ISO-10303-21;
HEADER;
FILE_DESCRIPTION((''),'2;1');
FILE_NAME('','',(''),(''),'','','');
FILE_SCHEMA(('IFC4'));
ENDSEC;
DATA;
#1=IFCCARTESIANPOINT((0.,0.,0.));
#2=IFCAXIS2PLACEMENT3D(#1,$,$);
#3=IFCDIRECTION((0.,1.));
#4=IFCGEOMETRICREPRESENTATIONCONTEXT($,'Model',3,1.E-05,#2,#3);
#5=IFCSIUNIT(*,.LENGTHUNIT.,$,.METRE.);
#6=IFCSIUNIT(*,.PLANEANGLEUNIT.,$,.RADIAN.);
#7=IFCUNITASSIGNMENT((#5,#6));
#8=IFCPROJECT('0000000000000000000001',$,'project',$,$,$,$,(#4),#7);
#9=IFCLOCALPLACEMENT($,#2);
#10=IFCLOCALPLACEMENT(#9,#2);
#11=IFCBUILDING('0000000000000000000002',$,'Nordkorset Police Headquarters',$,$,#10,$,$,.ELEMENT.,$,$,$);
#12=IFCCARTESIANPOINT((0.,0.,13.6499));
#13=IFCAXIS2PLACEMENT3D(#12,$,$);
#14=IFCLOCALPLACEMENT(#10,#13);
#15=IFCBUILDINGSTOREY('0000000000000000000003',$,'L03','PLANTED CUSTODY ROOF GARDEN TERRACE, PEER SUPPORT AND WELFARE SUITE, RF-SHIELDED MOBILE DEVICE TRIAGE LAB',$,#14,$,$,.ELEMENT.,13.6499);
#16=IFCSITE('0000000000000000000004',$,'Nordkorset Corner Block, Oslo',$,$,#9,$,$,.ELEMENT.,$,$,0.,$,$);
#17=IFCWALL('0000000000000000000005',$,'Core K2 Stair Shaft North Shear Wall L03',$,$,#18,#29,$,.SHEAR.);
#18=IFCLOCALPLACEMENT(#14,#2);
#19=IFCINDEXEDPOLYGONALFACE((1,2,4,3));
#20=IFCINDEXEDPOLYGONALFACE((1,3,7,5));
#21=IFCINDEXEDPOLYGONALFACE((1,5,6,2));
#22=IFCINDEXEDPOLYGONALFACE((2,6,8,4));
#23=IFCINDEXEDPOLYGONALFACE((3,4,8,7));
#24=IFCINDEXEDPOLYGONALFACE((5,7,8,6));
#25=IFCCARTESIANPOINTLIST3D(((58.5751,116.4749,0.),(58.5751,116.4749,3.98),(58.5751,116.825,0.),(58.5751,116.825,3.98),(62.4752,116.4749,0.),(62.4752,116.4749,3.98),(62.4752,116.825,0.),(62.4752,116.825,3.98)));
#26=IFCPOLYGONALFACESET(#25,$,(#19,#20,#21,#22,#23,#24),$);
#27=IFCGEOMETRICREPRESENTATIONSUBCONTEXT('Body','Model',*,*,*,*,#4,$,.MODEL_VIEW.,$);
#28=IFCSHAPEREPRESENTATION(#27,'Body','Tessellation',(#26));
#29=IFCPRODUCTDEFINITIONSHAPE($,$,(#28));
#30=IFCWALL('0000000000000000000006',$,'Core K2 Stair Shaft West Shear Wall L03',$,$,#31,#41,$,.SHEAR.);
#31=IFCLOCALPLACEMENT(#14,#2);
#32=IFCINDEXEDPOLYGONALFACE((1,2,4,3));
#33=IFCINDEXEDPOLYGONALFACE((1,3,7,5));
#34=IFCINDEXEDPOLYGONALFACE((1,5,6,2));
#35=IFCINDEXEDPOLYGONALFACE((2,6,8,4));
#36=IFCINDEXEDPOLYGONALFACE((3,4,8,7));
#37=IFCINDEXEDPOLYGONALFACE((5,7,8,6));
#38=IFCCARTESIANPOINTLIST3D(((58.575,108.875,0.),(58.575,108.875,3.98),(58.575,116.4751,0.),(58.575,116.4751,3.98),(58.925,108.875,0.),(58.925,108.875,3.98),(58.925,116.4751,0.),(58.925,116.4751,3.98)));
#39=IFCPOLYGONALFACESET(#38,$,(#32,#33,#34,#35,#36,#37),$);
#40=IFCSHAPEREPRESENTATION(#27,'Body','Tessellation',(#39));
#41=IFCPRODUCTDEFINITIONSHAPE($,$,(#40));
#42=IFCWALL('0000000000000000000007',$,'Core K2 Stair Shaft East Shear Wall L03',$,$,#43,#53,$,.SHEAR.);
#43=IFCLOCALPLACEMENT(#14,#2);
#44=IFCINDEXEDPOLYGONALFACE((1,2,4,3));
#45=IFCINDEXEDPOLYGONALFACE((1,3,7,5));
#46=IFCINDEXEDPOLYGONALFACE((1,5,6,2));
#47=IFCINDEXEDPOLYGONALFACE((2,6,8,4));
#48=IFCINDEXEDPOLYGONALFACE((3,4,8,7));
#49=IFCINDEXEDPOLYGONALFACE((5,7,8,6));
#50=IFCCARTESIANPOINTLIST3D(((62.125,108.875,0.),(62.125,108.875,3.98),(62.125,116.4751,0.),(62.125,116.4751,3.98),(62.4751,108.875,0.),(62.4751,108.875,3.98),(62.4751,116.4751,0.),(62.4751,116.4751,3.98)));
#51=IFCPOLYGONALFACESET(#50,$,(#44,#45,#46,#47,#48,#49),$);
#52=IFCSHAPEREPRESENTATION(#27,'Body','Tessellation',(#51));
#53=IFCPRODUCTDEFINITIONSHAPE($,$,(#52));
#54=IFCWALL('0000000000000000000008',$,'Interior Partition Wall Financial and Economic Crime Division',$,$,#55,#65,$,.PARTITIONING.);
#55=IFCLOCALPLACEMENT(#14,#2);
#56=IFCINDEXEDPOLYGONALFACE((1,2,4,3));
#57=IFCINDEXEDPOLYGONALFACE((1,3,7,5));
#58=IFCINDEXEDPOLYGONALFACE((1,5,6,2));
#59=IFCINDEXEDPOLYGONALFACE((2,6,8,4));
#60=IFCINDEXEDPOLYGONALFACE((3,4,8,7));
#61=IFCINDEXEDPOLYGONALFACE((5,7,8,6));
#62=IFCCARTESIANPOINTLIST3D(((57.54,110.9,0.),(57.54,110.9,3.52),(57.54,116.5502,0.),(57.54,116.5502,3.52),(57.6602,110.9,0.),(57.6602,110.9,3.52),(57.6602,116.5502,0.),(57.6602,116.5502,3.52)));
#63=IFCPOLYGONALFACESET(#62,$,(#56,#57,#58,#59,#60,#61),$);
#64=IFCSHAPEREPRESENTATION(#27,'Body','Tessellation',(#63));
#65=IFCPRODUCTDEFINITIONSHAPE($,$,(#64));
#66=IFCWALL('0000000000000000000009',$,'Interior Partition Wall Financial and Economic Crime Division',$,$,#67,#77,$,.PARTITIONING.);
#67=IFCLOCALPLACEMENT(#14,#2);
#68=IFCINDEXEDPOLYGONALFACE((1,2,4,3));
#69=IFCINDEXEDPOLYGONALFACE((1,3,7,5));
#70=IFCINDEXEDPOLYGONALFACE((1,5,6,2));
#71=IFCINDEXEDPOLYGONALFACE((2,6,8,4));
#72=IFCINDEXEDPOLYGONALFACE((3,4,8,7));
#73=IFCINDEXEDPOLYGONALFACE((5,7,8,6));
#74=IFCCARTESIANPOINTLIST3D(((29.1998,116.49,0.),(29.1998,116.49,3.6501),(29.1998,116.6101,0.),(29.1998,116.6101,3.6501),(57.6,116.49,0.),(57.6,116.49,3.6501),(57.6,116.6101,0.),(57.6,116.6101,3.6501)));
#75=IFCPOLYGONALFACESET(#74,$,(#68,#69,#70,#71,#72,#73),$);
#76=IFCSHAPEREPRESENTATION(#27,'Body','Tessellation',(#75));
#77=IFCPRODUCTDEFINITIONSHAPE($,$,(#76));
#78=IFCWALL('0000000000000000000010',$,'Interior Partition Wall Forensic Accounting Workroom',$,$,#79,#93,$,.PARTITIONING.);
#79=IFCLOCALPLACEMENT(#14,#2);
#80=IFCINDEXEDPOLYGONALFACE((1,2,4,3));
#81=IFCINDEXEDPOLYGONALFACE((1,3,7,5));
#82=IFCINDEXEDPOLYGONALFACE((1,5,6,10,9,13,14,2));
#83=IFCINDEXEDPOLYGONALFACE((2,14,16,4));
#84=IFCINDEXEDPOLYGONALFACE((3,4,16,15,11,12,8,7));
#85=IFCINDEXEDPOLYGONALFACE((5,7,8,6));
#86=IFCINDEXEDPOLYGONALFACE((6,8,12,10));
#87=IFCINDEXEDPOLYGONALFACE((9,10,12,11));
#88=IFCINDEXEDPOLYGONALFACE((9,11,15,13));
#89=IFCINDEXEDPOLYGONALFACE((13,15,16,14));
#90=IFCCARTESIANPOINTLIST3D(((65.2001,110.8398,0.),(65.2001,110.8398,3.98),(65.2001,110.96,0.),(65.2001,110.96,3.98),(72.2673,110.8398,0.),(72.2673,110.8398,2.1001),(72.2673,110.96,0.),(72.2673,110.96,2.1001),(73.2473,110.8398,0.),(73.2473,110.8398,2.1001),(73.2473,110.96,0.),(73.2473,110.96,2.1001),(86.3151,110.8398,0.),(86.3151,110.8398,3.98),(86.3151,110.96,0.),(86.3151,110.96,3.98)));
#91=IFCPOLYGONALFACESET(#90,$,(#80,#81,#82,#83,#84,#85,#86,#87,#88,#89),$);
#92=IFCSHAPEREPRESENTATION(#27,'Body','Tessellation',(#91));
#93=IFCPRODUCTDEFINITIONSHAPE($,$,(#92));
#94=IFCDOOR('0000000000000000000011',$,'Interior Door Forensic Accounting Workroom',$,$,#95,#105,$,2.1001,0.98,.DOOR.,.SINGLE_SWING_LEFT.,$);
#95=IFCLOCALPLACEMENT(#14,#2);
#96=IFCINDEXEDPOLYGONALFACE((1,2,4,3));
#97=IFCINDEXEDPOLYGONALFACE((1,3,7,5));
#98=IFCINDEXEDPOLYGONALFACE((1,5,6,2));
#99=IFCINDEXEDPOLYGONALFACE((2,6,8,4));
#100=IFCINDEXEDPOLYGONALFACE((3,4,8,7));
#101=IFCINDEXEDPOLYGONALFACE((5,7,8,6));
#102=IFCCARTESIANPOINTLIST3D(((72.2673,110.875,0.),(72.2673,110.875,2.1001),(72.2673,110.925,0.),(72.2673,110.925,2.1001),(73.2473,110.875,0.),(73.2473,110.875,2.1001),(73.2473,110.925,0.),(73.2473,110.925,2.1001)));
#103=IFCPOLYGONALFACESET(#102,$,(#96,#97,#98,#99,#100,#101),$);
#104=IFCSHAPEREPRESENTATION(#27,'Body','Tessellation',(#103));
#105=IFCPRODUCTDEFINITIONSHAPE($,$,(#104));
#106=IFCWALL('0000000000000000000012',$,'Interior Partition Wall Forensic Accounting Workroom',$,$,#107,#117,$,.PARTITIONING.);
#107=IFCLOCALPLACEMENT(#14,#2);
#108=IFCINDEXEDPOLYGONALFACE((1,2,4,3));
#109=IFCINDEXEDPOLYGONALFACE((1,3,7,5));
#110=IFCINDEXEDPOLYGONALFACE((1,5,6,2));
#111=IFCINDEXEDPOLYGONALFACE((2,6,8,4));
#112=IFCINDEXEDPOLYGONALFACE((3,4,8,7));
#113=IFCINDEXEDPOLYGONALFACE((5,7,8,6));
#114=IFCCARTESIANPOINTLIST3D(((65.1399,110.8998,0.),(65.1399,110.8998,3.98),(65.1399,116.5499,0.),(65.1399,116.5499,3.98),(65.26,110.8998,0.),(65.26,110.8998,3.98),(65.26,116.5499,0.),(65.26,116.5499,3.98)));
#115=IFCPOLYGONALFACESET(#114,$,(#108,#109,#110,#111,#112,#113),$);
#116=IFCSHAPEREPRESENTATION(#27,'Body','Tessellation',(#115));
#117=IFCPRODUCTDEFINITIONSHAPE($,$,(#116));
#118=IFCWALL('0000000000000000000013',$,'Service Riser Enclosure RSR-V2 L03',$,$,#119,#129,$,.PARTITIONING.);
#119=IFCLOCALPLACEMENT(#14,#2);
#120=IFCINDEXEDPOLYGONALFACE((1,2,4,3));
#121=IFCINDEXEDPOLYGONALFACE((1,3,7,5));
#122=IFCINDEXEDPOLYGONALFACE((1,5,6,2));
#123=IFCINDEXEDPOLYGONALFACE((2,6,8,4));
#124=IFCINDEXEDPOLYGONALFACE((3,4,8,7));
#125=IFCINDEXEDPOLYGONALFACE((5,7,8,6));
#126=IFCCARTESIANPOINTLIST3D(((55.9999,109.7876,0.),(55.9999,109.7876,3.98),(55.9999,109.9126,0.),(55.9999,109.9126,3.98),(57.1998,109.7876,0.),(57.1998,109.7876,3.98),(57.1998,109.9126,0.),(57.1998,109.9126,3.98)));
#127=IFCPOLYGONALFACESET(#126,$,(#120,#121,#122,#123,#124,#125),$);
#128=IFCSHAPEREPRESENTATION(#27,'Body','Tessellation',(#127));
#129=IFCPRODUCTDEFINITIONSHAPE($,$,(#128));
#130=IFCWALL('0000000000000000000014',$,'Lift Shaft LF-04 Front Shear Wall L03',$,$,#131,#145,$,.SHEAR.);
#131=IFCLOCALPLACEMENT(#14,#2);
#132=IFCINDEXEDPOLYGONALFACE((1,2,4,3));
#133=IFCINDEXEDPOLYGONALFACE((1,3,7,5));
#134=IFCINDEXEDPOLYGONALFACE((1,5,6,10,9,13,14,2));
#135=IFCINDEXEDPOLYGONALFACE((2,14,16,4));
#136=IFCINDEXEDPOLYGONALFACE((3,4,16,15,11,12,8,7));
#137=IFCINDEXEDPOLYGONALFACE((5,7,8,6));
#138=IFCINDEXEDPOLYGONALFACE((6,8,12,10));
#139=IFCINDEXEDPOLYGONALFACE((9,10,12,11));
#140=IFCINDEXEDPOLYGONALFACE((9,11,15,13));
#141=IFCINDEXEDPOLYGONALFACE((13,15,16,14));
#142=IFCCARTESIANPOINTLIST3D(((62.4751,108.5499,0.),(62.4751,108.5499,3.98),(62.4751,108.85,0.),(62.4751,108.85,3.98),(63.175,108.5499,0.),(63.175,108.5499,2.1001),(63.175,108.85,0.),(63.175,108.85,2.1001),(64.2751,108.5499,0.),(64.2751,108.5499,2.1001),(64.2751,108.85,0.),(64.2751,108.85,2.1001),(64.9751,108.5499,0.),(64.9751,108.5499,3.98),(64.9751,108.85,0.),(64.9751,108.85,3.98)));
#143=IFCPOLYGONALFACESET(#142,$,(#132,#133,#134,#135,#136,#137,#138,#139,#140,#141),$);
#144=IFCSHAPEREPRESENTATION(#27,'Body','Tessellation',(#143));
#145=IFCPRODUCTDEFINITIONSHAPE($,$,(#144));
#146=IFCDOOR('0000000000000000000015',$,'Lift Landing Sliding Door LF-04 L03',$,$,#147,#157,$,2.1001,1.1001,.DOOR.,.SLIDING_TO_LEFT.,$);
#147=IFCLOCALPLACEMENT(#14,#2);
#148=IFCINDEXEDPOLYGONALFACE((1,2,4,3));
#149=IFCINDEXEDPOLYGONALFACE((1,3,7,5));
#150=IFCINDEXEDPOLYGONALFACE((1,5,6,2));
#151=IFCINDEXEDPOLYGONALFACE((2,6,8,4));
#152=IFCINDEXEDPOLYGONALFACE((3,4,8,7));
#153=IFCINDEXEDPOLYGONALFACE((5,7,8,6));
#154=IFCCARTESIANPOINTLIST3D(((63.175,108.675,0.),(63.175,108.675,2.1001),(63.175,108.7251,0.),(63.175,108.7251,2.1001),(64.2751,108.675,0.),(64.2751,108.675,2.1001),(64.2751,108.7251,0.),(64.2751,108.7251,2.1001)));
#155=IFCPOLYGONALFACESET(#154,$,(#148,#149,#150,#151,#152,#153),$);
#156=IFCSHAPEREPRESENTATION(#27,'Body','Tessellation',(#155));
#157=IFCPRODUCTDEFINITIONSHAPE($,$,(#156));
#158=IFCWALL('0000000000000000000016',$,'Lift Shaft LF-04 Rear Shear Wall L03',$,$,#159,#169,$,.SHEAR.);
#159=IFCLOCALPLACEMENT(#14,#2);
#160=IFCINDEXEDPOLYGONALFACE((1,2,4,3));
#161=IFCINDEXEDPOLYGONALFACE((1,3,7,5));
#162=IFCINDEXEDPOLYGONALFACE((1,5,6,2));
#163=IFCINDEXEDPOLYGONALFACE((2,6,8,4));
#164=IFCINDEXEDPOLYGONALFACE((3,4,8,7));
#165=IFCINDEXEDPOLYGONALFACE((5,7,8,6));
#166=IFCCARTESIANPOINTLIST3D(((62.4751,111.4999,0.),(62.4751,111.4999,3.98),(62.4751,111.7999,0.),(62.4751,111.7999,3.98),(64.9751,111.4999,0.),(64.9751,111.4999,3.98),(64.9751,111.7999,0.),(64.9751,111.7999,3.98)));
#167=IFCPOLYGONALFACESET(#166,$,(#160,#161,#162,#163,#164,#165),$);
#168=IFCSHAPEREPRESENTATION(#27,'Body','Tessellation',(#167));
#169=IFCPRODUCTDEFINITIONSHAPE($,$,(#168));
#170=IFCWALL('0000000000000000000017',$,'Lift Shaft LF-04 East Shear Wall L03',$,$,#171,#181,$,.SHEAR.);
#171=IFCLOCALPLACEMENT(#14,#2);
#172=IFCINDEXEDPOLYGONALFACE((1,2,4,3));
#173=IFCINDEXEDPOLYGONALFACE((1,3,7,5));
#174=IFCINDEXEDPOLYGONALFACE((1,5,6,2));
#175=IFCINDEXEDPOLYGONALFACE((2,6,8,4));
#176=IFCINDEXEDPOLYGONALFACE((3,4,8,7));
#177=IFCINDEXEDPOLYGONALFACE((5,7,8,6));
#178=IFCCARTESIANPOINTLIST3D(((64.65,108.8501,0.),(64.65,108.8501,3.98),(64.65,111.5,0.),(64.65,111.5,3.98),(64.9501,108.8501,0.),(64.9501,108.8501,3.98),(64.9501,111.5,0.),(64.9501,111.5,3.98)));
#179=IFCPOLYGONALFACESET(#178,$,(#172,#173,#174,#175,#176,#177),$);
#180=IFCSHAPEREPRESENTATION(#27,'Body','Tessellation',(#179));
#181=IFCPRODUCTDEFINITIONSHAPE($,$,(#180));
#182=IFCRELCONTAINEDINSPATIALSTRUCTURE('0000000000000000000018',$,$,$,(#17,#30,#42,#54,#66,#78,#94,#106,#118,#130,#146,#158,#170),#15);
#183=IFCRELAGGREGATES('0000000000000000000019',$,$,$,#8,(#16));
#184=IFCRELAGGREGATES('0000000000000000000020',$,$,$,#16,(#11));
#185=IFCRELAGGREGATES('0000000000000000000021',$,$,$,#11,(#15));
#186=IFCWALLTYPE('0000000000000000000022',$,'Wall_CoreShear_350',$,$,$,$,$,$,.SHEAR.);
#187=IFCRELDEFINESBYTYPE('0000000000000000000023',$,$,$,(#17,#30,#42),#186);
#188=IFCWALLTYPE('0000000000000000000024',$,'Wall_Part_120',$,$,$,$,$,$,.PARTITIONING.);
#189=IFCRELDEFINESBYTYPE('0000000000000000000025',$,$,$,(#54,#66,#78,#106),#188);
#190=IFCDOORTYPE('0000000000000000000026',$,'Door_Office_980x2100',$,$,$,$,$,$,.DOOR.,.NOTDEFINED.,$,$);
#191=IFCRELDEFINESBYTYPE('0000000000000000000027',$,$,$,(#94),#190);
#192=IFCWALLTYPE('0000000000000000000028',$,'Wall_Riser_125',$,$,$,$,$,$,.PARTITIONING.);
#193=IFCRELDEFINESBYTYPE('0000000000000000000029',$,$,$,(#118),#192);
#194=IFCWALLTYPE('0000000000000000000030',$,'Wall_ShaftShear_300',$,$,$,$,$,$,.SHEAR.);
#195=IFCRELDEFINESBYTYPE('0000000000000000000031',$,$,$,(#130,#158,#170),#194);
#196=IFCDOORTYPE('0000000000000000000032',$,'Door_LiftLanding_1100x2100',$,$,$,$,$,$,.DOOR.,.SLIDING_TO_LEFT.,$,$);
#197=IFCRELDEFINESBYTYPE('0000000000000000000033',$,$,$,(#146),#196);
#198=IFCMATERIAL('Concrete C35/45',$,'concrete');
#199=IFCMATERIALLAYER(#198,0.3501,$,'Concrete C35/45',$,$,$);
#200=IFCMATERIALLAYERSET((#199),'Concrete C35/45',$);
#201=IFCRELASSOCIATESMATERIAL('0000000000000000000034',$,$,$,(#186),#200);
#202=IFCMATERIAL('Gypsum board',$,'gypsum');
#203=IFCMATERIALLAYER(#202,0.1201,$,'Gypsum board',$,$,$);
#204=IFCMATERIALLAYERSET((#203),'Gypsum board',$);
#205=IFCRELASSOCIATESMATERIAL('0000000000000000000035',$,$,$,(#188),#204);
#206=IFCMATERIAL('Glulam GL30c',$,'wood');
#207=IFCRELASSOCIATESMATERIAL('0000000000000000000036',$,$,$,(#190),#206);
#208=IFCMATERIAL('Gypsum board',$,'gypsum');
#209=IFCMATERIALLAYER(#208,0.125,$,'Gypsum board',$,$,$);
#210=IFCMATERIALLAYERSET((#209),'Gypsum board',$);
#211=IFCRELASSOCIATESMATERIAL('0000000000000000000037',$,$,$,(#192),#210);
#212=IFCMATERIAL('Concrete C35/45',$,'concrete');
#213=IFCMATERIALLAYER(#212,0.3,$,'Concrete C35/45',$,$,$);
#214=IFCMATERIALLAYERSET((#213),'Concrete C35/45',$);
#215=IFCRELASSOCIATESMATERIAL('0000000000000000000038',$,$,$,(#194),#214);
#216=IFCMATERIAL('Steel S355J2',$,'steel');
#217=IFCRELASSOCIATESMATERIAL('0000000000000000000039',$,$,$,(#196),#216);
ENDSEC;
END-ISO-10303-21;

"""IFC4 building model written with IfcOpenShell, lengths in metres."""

from ifc_helpers import new_model, si_unit, direction, frame, frame_2d, origin, place, context, subcontext, project, spatial, rectangle, extrude, material, layer, layer_set, type_object, element, fill, save


model = new_model("IFC4")

# Units and contexts
model_context = context("Model", 3, precision=1e-05, world=origin(), true_north=direction((0.0, 1.0)))
body_context = subcontext(model_context, "Body", "Model", "MODEL_VIEW")
ifc_project = project(units=[si_unit("LENGTHUNIT", "METRE"), si_unit("PLANEANGLEUNIT", "RADIAN")], contexts=[model_context])

# Site, building, storey
site_placement = place(None, origin())
site = spatial("IfcSite", under=ifc_project, at=site_placement, Name="Nordkorset Corner Block, Oslo", CompositionType="ELEMENT", RefElevation=0.0)
building_placement = place(site_placement, origin())
building = spatial("IfcBuilding", under=site, at=building_placement, Name="Nordkorset Police Headquarters", CompositionType="ELEMENT")
storey_placement = place(building_placement, frame((0.0, 0.0, 13.6499)))
storey = spatial("IfcBuildingStorey", under=building, at=storey_placement, Name="L03", Description="PLANTED CUSTODY ROOF GARDEN TERRACE, PEER SUPPORT AND WELFARE SUITE, RF-SHIELDED MOBILE DEVICE TRIAGE LAB", CompositionType="ELEMENT", Elevation=13.6499)

# Walls
ifc_material_1 = material(Name="Concrete C35/45", Category="concrete")
ifc_layer_1 = layer(ifc_material_1, 0.3501, Name="Concrete C35/45")
ifc_layer_set_1 = layer_set([ifc_layer_1], Name="Concrete C35/45")
wall_type_1 = type_object("IfcWallType", Name="Wall_CoreShear_350", PredefinedType="SHEAR", material=ifc_layer_set_1)
wall_1_placement = place(storey_placement, frame((58.575, 116.6499, 0.0), z_axis=(0.0, 0.0, 1.0), x_axis=(1.0, 0.0, 0.0)))
element("IfcWall", 1, at=wall_1_placement, inside=storey, type_object=wall_type_1, Name="Core K2 Stair Shaft North Shear Wall L03", PredefinedType="SHEAR", context=body_context, shape_type="SweptSolid", body=[
    extrude(rectangle(XDim=3.9001, YDim=0.3501, at=frame_2d((1.9502, 0.0))), origin(), (0.0, 0.0, 1.0), 3.98),
])
for number, where, z_axis, x_axis, name in (
    (2, (58.75, 108.875, 0.0), (0.0, 0.0, 1.0), (0.0, 1.0, 0.0), "Core K2 Stair Shaft West Shear Wall L03"),
    (3, (62.3, 108.875, 0.0), (0.0, 0.0, 1.0), (0.0, 1.0, 0.0), "Core K2 Stair Shaft East Shear Wall L03"),
):
    element("IfcWall", number, at=place(storey_placement, frame(where, z_axis=z_axis, x_axis=x_axis)), inside=storey, type_object=wall_type_1, Name=name, PredefinedType="SHEAR", context=body_context, shape_type="SweptSolid", body=[
        extrude(rectangle(XDim=7.6001, YDim=0.3501, at=frame_2d((3.8, 0.0))), origin(), (0.0, 0.0, 1.0), 3.98),
    ])
ifc_material_2 = material(Name="Gypsum board", Category="gypsum")
ifc_layer_2 = layer(ifc_material_2, 0.1201, Name="Gypsum board")
ifc_layer_set_2 = layer_set([ifc_layer_2], Name="Gypsum board")
wall_type_2 = type_object("IfcWallType", Name="Wall_Part_120", PredefinedType="PARTITIONING", material=ifc_layer_set_2)
wall_2_placement = place(storey_placement, frame((57.6001, 110.8999, 0.0), z_axis=(0.0, 0.0, 1.0), x_axis=(0.0, 1.0, 0.0)))
element("IfcWall", 4, at=wall_2_placement, inside=storey, type_object=wall_type_2, Name="Interior Partition Wall Financial and Economic Crime Division", PredefinedType="PARTITIONING", context=body_context, shape_type="SweptSolid", body=[
    extrude(rectangle(XDim=5.6501, YDim=0.1201, at=frame_2d((2.8252, 0.0))), origin(), (0.0, 0.0, 1.0), 3.52),
])
wall_3_placement = place(storey_placement, frame((57.6001, 116.55, 0.0), z_axis=(0.0, 0.0, 1.0), x_axis=(-1.0, 0.0, 0.0)))
element("IfcWall", 5, at=wall_3_placement, inside=storey, type_object=wall_type_2, Name="Interior Partition Wall Financial and Economic Crime Division", PredefinedType="PARTITIONING", context=body_context, shape_type="SweptSolid", body=[
    extrude(rectangle(XDim=28.4001, YDim=0.1201, at=frame_2d((14.2002, 0.0))), origin(), (0.0, 0.0, 1.0), 3.6501),
])

# Wall, opening, door
wall_4_placement = place(storey_placement, frame((65.2, 110.8999, 0.0), z_axis=(0.0, 0.0, 1.0), x_axis=(1.0, 0.0, 0.0)))
wall_4 = element("IfcWall", 6, at=wall_4_placement, inside=storey, type_object=wall_type_2, Name="Interior Partition Wall Forensic Accounting Workroom", PredefinedType="PARTITIONING", context=body_context, shape_type="SweptSolid", body=[
    extrude(rectangle(XDim=21.115, YDim=0.1201, at=frame_2d((10.5576, 0.0))), origin(), (0.0, 0.0, 1.0), 3.98),
])
opening_1_placement = place(wall_4_placement, frame((7.0674, 0.0, 0.0)))
opening_1 = element("IfcOpeningElement", 7, at=opening_1_placement, cuts=wall_4, PredefinedType="OPENING", context=body_context, shape_type="SweptSolid", body=[
    extrude(rectangle(XDim=0.98, YDim=2.1001, at=frame_2d((0.49, 1.05))), frame((0.0, 0.0701, 0.0), z_axis=(0.0, -1.0, 0.0), x_axis=(1.0, 0.0, 0.0)), (0.0, 0.0, 1.0), 0.1401),
])
ifc_material_3 = material(Name="Glulam GL30c", Category="wood")
door_type_1 = type_object("IfcDoorType", Name="Door_Office_980x2100", OperationType="NOTDEFINED", PredefinedType="DOOR", material=ifc_material_3)
door_1_placement = place(opening_1_placement, frame((0.98, 0.0, 0.0), z_axis=(0.0, 0.0, 1.0), x_axis=(-1.0, 0.0, 0.0)))
door_1 = element("IfcDoor", 8, at=door_1_placement, inside=storey, type_object=door_type_1, Name="Interior Door Forensic Accounting Workroom", OperationType="SINGLE_SWING_LEFT", OverallHeight=2.1001, OverallWidth=0.98, PredefinedType="DOOR", context=body_context, shape_type="SweptSolid", body=[
    extrude(rectangle(XDim=0.98, YDim=2.1001, at=frame_2d((0.49, 1.05))), frame((0.0, 0.0249, 0.0), z_axis=(0.0, -1.0, 0.0), x_axis=(1.0, 0.0, 0.0)), (0.0, 0.0, 1.0), 0.05),
])
fill(opening_1, door_1)

# Walls
wall_5_placement = place(storey_placement, frame((65.2, 116.55, 0.0), z_axis=(0.0, 0.0, 1.0), x_axis=(0.0, -1.0, 0.0)))
element("IfcWall", 9, at=wall_5_placement, inside=storey, type_object=wall_type_2, Name="Interior Partition Wall Forensic Accounting Workroom", PredefinedType="PARTITIONING", context=body_context, shape_type="SweptSolid", body=[
    extrude(rectangle(XDim=5.6501, YDim=0.1201, at=frame_2d((2.8252, 0.0))), origin(), (0.0, 0.0, 1.0), 3.98),
])
ifc_material_4 = material(Name="Gypsum board", Category="gypsum")
ifc_layer_3 = layer(ifc_material_4, 0.125, Name="Gypsum board")
ifc_layer_set_3 = layer_set([ifc_layer_3], Name="Gypsum board")
wall_type_3 = type_object("IfcWallType", Name="Wall_Riser_125", PredefinedType="PARTITIONING", material=ifc_layer_set_3)
wall_6_placement = place(storey_placement, frame((57.2, 109.8501, 0.0), z_axis=(0.0, 0.0, 1.0), x_axis=(-1.0, 0.0, 0.0)))
element("IfcWall", 10, at=wall_6_placement, inside=storey, type_object=wall_type_3, Name="Service Riser Enclosure RSR-V2 L03", PredefinedType="PARTITIONING", context=body_context, shape_type="SweptSolid", body=[
    extrude(rectangle(XDim=1.2, YDim=0.125, at=frame_2d((0.6001, 0.0))), origin(), (0.0, 0.0, 1.0), 3.98),
])

# Wall, opening, door
ifc_material_5 = material(Name="Concrete C35/45", Category="concrete")
ifc_layer_4 = layer(ifc_material_5, 0.3, Name="Concrete C35/45")
ifc_layer_set_4 = layer_set([ifc_layer_4], Name="Concrete C35/45")
wall_type_4 = type_object("IfcWallType", Name="Wall_ShaftShear_300", PredefinedType="SHEAR", material=ifc_layer_set_4)
wall_7_placement = place(storey_placement, frame((62.4751, 108.7, 0.0), z_axis=(0.0, 0.0, 1.0), x_axis=(1.0, 0.0, 0.0)))
wall_7 = element("IfcWall", 11, at=wall_7_placement, inside=storey, type_object=wall_type_4, Name="Lift Shaft LF-04 Front Shear Wall L03", PredefinedType="SHEAR", context=body_context, shape_type="SweptSolid", body=[
    extrude(rectangle(XDim=2.5, YDim=0.3, at=frame_2d((1.25, 0.0))), origin(), (0.0, 0.0, 1.0), 3.98),
])
opening_2_placement = place(wall_7_placement, frame((0.7, 0.0, 0.0)))
opening_2 = element("IfcOpeningElement", 12, at=opening_2_placement, cuts=wall_7, PredefinedType="OPENING", context=body_context, shape_type="SweptSolid", body=[
    extrude(rectangle(XDim=1.1001, YDim=2.1001, at=frame_2d((0.55, 1.05))), frame((0.0, 0.1602, 0.0), z_axis=(0.0, -1.0, 0.0), x_axis=(1.0, 0.0, 0.0)), (0.0, 0.0, 1.0), 0.3201),
])
ifc_material_6 = material(Name="Steel S355J2", Category="steel")
door_type_2 = type_object("IfcDoorType", Name="Door_LiftLanding_1100x2100", OperationType="SLIDING_TO_LEFT", PredefinedType="DOOR", material=ifc_material_6)
door_2_placement = place(opening_2_placement, frame((1.1001, 0.0, 0.0), z_axis=(0.0, 0.0, 1.0), x_axis=(-1.0, 0.0, 0.0)))
door_2 = element("IfcDoor", 13, at=door_2_placement, inside=storey, type_object=door_type_2, Name="Lift Landing Sliding Door LF-04 L03", OperationType="SLIDING_TO_LEFT", OverallHeight=2.1001, OverallWidth=1.1001, PredefinedType="DOOR", context=body_context, shape_type="SweptSolid", body=[
    extrude(rectangle(XDim=1.1001, YDim=2.1001, at=frame_2d((0.55, 1.05))), frame((0.0, 0.0249, 0.0), z_axis=(0.0, -1.0, 0.0), x_axis=(1.0, 0.0, 0.0)), (0.0, 0.0, 1.0), 0.05),
])
fill(opening_2, door_2)

# Walls
wall_8_placement = place(storey_placement, frame((62.4751, 111.6499, 0.0), z_axis=(0.0, 0.0, 1.0), x_axis=(1.0, 0.0, 0.0)))
element("IfcWall", 14, at=wall_8_placement, inside=storey, type_object=wall_type_4, Name="Lift Shaft LF-04 Rear Shear Wall L03", PredefinedType="SHEAR", context=body_context, shape_type="SweptSolid", body=[
    extrude(rectangle(XDim=2.5, YDim=0.3, at=frame_2d((1.25, 0.0))), origin(), (0.0, 0.0, 1.0), 3.98),
])
wall_9_placement = place(storey_placement, frame((64.8, 108.8501, 0.0), z_axis=(0.0, 0.0, 1.0), x_axis=(0.0, 1.0, 0.0)))
element("IfcWall", 15, at=wall_9_placement, inside=storey, type_object=wall_type_4, Name="Lift Shaft LF-04 East Shear Wall L03", PredefinedType="SHEAR", context=body_context, shape_type="SweptSolid", body=[
    extrude(rectangle(XDim=2.6499, YDim=0.3, at=frame_2d((1.325, 0.0))), origin(), (0.0, 0.0, 1.0), 3.98),
])

save(model, "model.ifc")
